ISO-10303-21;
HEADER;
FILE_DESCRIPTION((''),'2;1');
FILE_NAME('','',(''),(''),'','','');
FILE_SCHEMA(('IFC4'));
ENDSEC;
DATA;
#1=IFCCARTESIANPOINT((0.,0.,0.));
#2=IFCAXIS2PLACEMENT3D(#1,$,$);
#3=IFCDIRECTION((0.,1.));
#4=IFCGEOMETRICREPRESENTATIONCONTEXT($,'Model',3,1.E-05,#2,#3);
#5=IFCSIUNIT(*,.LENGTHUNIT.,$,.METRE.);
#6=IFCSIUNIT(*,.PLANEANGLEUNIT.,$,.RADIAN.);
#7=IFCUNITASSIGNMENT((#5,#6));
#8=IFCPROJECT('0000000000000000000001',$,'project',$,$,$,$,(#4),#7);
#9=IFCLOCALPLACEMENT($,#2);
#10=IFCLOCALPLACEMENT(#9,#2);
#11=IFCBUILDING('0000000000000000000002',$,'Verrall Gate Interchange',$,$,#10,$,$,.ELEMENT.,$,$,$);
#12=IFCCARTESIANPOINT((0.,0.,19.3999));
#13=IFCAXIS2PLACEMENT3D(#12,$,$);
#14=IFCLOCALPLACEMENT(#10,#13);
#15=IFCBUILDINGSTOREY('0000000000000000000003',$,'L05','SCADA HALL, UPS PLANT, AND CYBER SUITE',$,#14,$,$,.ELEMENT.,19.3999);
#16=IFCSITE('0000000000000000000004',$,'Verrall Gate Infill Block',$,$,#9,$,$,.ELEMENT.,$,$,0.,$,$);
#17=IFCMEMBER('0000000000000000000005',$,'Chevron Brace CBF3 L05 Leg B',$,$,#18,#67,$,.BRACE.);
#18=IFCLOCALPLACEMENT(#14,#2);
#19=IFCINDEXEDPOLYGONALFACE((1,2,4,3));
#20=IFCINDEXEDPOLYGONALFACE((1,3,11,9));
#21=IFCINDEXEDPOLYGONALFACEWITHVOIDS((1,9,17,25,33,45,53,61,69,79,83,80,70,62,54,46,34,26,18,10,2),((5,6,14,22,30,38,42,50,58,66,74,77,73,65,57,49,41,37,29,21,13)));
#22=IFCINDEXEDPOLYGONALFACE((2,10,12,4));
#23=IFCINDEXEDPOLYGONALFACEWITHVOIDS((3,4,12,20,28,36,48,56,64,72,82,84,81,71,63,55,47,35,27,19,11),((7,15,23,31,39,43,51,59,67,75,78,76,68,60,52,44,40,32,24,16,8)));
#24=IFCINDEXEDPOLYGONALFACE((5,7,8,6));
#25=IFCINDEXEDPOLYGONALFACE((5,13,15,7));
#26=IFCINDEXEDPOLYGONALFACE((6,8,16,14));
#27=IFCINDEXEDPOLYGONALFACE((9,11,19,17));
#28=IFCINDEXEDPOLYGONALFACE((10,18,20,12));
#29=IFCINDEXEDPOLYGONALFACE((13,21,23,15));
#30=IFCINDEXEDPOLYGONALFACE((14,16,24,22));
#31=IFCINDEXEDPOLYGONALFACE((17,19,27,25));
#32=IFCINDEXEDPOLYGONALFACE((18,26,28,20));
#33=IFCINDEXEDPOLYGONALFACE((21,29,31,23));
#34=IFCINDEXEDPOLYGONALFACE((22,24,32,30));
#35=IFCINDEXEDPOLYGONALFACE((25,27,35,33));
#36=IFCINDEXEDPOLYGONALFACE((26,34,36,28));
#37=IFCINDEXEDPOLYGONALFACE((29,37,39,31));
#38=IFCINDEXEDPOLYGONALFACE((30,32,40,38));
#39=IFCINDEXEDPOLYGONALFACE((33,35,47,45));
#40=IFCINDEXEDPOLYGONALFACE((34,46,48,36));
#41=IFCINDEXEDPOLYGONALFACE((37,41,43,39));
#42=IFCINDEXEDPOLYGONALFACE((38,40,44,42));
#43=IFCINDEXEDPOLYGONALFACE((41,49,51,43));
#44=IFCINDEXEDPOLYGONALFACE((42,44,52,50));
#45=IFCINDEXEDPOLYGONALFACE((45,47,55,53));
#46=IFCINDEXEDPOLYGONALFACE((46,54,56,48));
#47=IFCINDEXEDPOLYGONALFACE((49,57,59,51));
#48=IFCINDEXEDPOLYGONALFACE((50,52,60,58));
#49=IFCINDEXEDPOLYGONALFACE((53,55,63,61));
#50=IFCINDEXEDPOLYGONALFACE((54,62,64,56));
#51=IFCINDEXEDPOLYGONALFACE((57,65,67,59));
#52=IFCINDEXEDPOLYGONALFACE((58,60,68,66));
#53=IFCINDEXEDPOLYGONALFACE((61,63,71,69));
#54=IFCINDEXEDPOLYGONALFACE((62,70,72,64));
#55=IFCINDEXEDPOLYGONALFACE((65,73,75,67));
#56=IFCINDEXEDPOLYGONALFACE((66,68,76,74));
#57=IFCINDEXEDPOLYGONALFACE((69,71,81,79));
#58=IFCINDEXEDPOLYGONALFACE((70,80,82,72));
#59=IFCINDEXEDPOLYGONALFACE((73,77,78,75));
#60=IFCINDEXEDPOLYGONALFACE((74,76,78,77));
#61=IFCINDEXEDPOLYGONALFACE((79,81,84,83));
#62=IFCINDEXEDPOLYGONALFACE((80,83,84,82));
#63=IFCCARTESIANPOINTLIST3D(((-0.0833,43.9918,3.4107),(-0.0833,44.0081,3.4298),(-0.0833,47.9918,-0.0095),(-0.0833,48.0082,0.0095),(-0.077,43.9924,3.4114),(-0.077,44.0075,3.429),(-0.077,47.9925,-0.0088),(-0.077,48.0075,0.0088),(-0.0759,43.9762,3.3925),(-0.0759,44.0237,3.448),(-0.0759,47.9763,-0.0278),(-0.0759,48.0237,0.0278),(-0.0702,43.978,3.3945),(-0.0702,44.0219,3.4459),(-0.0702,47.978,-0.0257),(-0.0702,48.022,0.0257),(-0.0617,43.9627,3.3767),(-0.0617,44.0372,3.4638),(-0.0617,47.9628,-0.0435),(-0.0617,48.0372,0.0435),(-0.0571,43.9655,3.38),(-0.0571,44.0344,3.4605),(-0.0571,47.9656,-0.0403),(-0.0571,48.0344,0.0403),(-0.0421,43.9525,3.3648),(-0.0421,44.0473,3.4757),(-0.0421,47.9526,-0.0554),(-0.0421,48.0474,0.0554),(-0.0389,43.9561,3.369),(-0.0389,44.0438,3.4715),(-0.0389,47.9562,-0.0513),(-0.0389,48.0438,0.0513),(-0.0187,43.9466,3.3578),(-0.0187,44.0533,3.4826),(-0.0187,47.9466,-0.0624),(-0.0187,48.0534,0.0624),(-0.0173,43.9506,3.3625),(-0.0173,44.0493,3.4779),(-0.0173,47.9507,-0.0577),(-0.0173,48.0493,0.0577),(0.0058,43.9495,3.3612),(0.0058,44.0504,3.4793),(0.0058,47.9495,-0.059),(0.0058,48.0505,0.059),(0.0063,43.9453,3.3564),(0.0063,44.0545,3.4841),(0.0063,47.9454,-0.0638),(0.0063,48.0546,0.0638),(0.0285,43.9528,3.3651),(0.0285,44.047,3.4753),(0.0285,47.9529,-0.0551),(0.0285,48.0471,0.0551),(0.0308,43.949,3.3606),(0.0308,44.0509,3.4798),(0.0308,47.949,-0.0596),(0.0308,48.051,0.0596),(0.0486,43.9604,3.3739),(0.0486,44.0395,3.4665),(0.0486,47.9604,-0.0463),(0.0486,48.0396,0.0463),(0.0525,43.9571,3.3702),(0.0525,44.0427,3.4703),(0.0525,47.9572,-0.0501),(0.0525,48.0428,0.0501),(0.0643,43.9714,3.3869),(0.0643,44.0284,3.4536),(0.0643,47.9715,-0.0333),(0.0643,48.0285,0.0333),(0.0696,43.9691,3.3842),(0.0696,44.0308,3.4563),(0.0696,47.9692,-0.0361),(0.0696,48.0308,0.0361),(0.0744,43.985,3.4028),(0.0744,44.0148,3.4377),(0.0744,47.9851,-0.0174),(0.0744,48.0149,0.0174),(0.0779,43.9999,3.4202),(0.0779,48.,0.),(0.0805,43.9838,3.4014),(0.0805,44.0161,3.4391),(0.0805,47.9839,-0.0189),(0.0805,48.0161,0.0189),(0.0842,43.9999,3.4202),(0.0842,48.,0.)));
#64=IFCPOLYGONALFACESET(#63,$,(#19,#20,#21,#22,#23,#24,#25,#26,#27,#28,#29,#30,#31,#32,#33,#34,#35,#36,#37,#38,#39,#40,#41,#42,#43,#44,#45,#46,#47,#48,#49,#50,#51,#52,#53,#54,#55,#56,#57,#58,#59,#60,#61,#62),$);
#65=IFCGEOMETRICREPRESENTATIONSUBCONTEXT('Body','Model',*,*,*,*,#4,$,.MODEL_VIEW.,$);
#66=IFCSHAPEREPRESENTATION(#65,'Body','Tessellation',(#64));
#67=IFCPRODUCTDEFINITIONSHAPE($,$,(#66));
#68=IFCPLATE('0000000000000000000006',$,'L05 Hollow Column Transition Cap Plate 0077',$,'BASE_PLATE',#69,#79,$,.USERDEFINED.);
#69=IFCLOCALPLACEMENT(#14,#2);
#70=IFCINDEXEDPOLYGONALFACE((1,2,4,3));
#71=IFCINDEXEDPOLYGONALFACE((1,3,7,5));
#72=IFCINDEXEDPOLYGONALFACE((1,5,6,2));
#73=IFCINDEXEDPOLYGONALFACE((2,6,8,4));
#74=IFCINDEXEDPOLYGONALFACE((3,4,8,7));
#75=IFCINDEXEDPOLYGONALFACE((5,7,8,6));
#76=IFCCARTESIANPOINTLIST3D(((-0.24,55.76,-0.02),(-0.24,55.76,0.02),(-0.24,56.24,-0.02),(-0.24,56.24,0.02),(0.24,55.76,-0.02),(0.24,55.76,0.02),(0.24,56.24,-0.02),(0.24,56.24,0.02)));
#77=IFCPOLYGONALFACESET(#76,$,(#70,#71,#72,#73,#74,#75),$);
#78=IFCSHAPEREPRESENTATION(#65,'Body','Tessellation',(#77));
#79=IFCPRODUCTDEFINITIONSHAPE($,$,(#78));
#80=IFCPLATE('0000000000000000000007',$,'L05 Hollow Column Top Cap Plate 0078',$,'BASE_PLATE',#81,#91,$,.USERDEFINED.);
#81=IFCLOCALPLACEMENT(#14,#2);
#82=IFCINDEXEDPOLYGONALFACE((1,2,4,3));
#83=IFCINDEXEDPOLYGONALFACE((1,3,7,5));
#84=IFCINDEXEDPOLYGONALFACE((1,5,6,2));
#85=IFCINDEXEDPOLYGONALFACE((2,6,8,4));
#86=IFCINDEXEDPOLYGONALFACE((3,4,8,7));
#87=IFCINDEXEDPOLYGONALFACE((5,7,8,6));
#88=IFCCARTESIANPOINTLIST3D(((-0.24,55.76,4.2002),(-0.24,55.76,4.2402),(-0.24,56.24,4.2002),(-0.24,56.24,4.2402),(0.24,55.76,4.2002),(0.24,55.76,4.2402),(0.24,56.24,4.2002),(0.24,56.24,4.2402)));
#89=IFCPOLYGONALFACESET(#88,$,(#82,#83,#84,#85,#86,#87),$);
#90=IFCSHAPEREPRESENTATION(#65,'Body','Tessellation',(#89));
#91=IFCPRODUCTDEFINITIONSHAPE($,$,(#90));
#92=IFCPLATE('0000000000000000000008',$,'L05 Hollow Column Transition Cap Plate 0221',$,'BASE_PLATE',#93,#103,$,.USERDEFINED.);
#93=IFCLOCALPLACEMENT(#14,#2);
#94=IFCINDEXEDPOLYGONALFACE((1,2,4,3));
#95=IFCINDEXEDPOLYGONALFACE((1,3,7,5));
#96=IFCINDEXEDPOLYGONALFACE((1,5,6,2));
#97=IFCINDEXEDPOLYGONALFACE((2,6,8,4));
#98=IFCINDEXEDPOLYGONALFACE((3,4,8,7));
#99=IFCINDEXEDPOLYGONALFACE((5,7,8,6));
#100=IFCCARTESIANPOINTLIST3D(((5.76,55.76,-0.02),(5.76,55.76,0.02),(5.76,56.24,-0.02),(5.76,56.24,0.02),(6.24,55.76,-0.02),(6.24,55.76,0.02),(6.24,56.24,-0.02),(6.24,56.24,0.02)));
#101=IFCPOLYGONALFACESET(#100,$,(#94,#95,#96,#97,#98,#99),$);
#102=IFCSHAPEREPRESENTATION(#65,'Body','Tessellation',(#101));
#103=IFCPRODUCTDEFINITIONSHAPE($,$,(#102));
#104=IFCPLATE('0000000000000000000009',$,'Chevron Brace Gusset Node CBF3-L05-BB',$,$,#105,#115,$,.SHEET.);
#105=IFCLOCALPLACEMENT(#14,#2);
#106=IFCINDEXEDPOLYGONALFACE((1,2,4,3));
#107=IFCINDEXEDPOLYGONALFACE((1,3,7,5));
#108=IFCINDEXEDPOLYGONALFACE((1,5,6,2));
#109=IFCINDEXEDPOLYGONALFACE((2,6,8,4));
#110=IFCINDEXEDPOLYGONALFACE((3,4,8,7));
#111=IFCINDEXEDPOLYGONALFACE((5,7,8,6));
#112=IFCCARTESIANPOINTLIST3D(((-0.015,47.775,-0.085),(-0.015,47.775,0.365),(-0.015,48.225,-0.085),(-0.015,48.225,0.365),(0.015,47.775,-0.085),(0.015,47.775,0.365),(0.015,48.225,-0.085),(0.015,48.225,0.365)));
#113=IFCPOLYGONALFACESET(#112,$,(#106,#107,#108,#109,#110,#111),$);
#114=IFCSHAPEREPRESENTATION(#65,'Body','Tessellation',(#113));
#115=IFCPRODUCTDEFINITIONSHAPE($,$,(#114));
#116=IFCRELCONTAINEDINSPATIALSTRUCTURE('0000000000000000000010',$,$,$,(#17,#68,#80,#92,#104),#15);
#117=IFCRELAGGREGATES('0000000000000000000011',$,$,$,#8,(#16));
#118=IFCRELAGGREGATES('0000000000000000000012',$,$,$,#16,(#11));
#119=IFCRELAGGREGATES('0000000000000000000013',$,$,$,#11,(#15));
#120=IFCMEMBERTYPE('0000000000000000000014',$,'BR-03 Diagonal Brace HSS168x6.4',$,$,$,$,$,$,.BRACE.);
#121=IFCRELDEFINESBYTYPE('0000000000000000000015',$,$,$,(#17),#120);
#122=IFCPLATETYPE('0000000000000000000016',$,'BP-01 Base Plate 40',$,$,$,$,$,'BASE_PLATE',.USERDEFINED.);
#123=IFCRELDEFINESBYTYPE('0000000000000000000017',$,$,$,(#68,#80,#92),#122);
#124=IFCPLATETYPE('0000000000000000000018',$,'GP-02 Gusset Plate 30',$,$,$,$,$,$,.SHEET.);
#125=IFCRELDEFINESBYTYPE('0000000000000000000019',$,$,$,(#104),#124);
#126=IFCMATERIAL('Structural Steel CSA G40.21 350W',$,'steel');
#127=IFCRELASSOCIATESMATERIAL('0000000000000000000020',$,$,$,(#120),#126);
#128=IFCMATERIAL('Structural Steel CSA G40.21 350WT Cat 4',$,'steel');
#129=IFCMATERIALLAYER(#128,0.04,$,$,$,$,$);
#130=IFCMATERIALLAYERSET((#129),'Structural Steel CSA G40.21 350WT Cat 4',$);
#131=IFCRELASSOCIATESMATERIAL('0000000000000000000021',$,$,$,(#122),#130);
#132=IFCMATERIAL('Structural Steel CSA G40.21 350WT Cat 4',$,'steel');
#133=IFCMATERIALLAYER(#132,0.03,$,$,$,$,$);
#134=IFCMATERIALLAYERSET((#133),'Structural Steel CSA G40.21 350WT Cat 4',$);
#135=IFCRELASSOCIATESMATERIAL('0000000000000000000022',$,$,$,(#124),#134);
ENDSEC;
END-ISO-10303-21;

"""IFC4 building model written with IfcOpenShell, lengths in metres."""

from ifc_helpers import new_model, si_unit, direction, frame, origin, origin_2d, place, context, subcontext, project, spatial, rectangle, hollow_circle, extrude, material, layer, layer_set, material_profile, profile_set, type_object, element, save


model = new_model("IFC4")

# Units and contexts
model_context = context("Model", 3, precision=1e-05, world=origin(), true_north=direction((0.0, 1.0)))
body_context = subcontext(model_context, "Body", "Model", "MODEL_VIEW")
ifc_project = project(units=[si_unit("LENGTHUNIT", "METRE"), si_unit("PLANEANGLEUNIT", "RADIAN")], contexts=[model_context])

# Site, building, storey
site_placement = place(None, origin())
site = spatial("IfcSite", under=ifc_project, at=site_placement, Name="Verrall Gate Infill Block", CompositionType="ELEMENT", RefElevation=0.0)
building_placement = place(site_placement, origin())
building = spatial("IfcBuilding", under=site, at=building_placement, Name="Verrall Gate Interchange", CompositionType="ELEMENT")
storey_placement = place(building_placement, frame((0.0, 0.0, 19.3999)))
storey = spatial("IfcBuildingStorey", under=building, at=storey_placement, Name="L05", Description="SCADA HALL, UPS PLANT, AND CYBER SUITE", CompositionType="ELEMENT", Elevation=19.3999)

# Member
ifc_material_1 = material(Name="Structural Steel CSA G40.21 350W", Category="steel")
ifc_material_profile_1 = material_profile(ifc_material_1, hollow_circle(Radius=0.0842, WallThickness=0.0063, at=origin_2d()), Name="HSS168x6.4")
ifc_profile_set_1 = profile_set([ifc_material_profile_1], Name="Structural Steel CSA G40.21 350W")
member_type = type_object("IfcMemberType", Name="BR-03 Diagonal Brace HSS168x6.4", PredefinedType="BRACE", material=ifc_profile_set_1)
member_placement = place(storey_placement, frame((0.0, 48.0, 0.0), z_axis=(0.0, -0.760045, 0.64987), x_axis=(1.0, 0.0, 0.0)))
element("IfcMember", 1, at=member_placement, inside=storey, type_object=member_type, Name="Chevron Brace CBF3 L05 Leg B", PredefinedType="BRACE", context=body_context, shape_type="SweptSolid", body=[
    extrude(hollow_circle(Radius=0.0842, WallThickness=0.0063, at=origin_2d()), origin(), (0.0, 0.0, 1.0), 5.2629),
])

# Plates
ifc_material_2 = material(Name="Structural Steel CSA G40.21 350WT Cat 4", Category="steel")
ifc_layer_1 = layer(ifc_material_2, 0.04)
ifc_layer_set_1 = layer_set([ifc_layer_1], Name="Structural Steel CSA G40.21 350WT Cat 4")
plate_type_1 = type_object("IfcPlateType", Name="BP-01 Base Plate 40", ElementType="BASE_PLATE", PredefinedType="USERDEFINED", material=ifc_layer_set_1)
for number, where, z_axis, x_axis, name in (
    (2, (0.0, 56.0, -0.02), (0.0, 0.0, 1.0), (1.0, 0.0, 0.0), "L05 Hollow Column Transition Cap Plate 0077"),
    (3, (0.0, 56.0, 4.2002), (0.0, 0.0, 1.0), (1.0, 0.0, 0.0), "L05 Hollow Column Top Cap Plate 0078"),
    (4, (6.0, 56.0, -0.02), (0.0, 0.0, 1.0), (1.0, 0.0, 0.0), "L05 Hollow Column Transition Cap Plate 0221"),
):
    element("IfcPlate", number, at=place(storey_placement, frame(where, z_axis=z_axis, x_axis=x_axis)), inside=storey, type_object=plate_type_1, Name=name, ObjectType="BASE_PLATE", PredefinedType="USERDEFINED", context=body_context, shape_type="SweptSolid", body=[
        extrude(rectangle(XDim=0.48, YDim=0.48, at=origin_2d()), origin(), (0.0, 0.0, 1.0), 0.04),
    ])
ifc_material_3 = material(Name="Structural Steel CSA G40.21 350WT Cat 4", Category="steel")
ifc_layer_2 = layer(ifc_material_3, 0.03)
ifc_layer_set_2 = layer_set([ifc_layer_2], Name="Structural Steel CSA G40.21 350WT Cat 4")
plate_type_2 = type_object("IfcPlateType", Name="GP-02 Gusset Plate 30", PredefinedType="SHEET", material=ifc_layer_set_2)
plate_placement = place(storey_placement, frame((0.0, 48.0, -0.085), z_axis=(0.0, 0.0, 1.0), x_axis=(1.0, 0.0, 0.0)))
element("IfcPlate", 5, at=plate_placement, inside=storey, type_object=plate_type_2, Name="Chevron Brace Gusset Node CBF3-L05-BB", PredefinedType="SHEET", context=body_context, shape_type="SweptSolid", body=[
    extrude(rectangle(XDim=0.03, YDim=0.45, at=origin_2d()), origin(), (0.0, 0.0, 1.0), 0.45),
])

save(model, "model.ifc")
